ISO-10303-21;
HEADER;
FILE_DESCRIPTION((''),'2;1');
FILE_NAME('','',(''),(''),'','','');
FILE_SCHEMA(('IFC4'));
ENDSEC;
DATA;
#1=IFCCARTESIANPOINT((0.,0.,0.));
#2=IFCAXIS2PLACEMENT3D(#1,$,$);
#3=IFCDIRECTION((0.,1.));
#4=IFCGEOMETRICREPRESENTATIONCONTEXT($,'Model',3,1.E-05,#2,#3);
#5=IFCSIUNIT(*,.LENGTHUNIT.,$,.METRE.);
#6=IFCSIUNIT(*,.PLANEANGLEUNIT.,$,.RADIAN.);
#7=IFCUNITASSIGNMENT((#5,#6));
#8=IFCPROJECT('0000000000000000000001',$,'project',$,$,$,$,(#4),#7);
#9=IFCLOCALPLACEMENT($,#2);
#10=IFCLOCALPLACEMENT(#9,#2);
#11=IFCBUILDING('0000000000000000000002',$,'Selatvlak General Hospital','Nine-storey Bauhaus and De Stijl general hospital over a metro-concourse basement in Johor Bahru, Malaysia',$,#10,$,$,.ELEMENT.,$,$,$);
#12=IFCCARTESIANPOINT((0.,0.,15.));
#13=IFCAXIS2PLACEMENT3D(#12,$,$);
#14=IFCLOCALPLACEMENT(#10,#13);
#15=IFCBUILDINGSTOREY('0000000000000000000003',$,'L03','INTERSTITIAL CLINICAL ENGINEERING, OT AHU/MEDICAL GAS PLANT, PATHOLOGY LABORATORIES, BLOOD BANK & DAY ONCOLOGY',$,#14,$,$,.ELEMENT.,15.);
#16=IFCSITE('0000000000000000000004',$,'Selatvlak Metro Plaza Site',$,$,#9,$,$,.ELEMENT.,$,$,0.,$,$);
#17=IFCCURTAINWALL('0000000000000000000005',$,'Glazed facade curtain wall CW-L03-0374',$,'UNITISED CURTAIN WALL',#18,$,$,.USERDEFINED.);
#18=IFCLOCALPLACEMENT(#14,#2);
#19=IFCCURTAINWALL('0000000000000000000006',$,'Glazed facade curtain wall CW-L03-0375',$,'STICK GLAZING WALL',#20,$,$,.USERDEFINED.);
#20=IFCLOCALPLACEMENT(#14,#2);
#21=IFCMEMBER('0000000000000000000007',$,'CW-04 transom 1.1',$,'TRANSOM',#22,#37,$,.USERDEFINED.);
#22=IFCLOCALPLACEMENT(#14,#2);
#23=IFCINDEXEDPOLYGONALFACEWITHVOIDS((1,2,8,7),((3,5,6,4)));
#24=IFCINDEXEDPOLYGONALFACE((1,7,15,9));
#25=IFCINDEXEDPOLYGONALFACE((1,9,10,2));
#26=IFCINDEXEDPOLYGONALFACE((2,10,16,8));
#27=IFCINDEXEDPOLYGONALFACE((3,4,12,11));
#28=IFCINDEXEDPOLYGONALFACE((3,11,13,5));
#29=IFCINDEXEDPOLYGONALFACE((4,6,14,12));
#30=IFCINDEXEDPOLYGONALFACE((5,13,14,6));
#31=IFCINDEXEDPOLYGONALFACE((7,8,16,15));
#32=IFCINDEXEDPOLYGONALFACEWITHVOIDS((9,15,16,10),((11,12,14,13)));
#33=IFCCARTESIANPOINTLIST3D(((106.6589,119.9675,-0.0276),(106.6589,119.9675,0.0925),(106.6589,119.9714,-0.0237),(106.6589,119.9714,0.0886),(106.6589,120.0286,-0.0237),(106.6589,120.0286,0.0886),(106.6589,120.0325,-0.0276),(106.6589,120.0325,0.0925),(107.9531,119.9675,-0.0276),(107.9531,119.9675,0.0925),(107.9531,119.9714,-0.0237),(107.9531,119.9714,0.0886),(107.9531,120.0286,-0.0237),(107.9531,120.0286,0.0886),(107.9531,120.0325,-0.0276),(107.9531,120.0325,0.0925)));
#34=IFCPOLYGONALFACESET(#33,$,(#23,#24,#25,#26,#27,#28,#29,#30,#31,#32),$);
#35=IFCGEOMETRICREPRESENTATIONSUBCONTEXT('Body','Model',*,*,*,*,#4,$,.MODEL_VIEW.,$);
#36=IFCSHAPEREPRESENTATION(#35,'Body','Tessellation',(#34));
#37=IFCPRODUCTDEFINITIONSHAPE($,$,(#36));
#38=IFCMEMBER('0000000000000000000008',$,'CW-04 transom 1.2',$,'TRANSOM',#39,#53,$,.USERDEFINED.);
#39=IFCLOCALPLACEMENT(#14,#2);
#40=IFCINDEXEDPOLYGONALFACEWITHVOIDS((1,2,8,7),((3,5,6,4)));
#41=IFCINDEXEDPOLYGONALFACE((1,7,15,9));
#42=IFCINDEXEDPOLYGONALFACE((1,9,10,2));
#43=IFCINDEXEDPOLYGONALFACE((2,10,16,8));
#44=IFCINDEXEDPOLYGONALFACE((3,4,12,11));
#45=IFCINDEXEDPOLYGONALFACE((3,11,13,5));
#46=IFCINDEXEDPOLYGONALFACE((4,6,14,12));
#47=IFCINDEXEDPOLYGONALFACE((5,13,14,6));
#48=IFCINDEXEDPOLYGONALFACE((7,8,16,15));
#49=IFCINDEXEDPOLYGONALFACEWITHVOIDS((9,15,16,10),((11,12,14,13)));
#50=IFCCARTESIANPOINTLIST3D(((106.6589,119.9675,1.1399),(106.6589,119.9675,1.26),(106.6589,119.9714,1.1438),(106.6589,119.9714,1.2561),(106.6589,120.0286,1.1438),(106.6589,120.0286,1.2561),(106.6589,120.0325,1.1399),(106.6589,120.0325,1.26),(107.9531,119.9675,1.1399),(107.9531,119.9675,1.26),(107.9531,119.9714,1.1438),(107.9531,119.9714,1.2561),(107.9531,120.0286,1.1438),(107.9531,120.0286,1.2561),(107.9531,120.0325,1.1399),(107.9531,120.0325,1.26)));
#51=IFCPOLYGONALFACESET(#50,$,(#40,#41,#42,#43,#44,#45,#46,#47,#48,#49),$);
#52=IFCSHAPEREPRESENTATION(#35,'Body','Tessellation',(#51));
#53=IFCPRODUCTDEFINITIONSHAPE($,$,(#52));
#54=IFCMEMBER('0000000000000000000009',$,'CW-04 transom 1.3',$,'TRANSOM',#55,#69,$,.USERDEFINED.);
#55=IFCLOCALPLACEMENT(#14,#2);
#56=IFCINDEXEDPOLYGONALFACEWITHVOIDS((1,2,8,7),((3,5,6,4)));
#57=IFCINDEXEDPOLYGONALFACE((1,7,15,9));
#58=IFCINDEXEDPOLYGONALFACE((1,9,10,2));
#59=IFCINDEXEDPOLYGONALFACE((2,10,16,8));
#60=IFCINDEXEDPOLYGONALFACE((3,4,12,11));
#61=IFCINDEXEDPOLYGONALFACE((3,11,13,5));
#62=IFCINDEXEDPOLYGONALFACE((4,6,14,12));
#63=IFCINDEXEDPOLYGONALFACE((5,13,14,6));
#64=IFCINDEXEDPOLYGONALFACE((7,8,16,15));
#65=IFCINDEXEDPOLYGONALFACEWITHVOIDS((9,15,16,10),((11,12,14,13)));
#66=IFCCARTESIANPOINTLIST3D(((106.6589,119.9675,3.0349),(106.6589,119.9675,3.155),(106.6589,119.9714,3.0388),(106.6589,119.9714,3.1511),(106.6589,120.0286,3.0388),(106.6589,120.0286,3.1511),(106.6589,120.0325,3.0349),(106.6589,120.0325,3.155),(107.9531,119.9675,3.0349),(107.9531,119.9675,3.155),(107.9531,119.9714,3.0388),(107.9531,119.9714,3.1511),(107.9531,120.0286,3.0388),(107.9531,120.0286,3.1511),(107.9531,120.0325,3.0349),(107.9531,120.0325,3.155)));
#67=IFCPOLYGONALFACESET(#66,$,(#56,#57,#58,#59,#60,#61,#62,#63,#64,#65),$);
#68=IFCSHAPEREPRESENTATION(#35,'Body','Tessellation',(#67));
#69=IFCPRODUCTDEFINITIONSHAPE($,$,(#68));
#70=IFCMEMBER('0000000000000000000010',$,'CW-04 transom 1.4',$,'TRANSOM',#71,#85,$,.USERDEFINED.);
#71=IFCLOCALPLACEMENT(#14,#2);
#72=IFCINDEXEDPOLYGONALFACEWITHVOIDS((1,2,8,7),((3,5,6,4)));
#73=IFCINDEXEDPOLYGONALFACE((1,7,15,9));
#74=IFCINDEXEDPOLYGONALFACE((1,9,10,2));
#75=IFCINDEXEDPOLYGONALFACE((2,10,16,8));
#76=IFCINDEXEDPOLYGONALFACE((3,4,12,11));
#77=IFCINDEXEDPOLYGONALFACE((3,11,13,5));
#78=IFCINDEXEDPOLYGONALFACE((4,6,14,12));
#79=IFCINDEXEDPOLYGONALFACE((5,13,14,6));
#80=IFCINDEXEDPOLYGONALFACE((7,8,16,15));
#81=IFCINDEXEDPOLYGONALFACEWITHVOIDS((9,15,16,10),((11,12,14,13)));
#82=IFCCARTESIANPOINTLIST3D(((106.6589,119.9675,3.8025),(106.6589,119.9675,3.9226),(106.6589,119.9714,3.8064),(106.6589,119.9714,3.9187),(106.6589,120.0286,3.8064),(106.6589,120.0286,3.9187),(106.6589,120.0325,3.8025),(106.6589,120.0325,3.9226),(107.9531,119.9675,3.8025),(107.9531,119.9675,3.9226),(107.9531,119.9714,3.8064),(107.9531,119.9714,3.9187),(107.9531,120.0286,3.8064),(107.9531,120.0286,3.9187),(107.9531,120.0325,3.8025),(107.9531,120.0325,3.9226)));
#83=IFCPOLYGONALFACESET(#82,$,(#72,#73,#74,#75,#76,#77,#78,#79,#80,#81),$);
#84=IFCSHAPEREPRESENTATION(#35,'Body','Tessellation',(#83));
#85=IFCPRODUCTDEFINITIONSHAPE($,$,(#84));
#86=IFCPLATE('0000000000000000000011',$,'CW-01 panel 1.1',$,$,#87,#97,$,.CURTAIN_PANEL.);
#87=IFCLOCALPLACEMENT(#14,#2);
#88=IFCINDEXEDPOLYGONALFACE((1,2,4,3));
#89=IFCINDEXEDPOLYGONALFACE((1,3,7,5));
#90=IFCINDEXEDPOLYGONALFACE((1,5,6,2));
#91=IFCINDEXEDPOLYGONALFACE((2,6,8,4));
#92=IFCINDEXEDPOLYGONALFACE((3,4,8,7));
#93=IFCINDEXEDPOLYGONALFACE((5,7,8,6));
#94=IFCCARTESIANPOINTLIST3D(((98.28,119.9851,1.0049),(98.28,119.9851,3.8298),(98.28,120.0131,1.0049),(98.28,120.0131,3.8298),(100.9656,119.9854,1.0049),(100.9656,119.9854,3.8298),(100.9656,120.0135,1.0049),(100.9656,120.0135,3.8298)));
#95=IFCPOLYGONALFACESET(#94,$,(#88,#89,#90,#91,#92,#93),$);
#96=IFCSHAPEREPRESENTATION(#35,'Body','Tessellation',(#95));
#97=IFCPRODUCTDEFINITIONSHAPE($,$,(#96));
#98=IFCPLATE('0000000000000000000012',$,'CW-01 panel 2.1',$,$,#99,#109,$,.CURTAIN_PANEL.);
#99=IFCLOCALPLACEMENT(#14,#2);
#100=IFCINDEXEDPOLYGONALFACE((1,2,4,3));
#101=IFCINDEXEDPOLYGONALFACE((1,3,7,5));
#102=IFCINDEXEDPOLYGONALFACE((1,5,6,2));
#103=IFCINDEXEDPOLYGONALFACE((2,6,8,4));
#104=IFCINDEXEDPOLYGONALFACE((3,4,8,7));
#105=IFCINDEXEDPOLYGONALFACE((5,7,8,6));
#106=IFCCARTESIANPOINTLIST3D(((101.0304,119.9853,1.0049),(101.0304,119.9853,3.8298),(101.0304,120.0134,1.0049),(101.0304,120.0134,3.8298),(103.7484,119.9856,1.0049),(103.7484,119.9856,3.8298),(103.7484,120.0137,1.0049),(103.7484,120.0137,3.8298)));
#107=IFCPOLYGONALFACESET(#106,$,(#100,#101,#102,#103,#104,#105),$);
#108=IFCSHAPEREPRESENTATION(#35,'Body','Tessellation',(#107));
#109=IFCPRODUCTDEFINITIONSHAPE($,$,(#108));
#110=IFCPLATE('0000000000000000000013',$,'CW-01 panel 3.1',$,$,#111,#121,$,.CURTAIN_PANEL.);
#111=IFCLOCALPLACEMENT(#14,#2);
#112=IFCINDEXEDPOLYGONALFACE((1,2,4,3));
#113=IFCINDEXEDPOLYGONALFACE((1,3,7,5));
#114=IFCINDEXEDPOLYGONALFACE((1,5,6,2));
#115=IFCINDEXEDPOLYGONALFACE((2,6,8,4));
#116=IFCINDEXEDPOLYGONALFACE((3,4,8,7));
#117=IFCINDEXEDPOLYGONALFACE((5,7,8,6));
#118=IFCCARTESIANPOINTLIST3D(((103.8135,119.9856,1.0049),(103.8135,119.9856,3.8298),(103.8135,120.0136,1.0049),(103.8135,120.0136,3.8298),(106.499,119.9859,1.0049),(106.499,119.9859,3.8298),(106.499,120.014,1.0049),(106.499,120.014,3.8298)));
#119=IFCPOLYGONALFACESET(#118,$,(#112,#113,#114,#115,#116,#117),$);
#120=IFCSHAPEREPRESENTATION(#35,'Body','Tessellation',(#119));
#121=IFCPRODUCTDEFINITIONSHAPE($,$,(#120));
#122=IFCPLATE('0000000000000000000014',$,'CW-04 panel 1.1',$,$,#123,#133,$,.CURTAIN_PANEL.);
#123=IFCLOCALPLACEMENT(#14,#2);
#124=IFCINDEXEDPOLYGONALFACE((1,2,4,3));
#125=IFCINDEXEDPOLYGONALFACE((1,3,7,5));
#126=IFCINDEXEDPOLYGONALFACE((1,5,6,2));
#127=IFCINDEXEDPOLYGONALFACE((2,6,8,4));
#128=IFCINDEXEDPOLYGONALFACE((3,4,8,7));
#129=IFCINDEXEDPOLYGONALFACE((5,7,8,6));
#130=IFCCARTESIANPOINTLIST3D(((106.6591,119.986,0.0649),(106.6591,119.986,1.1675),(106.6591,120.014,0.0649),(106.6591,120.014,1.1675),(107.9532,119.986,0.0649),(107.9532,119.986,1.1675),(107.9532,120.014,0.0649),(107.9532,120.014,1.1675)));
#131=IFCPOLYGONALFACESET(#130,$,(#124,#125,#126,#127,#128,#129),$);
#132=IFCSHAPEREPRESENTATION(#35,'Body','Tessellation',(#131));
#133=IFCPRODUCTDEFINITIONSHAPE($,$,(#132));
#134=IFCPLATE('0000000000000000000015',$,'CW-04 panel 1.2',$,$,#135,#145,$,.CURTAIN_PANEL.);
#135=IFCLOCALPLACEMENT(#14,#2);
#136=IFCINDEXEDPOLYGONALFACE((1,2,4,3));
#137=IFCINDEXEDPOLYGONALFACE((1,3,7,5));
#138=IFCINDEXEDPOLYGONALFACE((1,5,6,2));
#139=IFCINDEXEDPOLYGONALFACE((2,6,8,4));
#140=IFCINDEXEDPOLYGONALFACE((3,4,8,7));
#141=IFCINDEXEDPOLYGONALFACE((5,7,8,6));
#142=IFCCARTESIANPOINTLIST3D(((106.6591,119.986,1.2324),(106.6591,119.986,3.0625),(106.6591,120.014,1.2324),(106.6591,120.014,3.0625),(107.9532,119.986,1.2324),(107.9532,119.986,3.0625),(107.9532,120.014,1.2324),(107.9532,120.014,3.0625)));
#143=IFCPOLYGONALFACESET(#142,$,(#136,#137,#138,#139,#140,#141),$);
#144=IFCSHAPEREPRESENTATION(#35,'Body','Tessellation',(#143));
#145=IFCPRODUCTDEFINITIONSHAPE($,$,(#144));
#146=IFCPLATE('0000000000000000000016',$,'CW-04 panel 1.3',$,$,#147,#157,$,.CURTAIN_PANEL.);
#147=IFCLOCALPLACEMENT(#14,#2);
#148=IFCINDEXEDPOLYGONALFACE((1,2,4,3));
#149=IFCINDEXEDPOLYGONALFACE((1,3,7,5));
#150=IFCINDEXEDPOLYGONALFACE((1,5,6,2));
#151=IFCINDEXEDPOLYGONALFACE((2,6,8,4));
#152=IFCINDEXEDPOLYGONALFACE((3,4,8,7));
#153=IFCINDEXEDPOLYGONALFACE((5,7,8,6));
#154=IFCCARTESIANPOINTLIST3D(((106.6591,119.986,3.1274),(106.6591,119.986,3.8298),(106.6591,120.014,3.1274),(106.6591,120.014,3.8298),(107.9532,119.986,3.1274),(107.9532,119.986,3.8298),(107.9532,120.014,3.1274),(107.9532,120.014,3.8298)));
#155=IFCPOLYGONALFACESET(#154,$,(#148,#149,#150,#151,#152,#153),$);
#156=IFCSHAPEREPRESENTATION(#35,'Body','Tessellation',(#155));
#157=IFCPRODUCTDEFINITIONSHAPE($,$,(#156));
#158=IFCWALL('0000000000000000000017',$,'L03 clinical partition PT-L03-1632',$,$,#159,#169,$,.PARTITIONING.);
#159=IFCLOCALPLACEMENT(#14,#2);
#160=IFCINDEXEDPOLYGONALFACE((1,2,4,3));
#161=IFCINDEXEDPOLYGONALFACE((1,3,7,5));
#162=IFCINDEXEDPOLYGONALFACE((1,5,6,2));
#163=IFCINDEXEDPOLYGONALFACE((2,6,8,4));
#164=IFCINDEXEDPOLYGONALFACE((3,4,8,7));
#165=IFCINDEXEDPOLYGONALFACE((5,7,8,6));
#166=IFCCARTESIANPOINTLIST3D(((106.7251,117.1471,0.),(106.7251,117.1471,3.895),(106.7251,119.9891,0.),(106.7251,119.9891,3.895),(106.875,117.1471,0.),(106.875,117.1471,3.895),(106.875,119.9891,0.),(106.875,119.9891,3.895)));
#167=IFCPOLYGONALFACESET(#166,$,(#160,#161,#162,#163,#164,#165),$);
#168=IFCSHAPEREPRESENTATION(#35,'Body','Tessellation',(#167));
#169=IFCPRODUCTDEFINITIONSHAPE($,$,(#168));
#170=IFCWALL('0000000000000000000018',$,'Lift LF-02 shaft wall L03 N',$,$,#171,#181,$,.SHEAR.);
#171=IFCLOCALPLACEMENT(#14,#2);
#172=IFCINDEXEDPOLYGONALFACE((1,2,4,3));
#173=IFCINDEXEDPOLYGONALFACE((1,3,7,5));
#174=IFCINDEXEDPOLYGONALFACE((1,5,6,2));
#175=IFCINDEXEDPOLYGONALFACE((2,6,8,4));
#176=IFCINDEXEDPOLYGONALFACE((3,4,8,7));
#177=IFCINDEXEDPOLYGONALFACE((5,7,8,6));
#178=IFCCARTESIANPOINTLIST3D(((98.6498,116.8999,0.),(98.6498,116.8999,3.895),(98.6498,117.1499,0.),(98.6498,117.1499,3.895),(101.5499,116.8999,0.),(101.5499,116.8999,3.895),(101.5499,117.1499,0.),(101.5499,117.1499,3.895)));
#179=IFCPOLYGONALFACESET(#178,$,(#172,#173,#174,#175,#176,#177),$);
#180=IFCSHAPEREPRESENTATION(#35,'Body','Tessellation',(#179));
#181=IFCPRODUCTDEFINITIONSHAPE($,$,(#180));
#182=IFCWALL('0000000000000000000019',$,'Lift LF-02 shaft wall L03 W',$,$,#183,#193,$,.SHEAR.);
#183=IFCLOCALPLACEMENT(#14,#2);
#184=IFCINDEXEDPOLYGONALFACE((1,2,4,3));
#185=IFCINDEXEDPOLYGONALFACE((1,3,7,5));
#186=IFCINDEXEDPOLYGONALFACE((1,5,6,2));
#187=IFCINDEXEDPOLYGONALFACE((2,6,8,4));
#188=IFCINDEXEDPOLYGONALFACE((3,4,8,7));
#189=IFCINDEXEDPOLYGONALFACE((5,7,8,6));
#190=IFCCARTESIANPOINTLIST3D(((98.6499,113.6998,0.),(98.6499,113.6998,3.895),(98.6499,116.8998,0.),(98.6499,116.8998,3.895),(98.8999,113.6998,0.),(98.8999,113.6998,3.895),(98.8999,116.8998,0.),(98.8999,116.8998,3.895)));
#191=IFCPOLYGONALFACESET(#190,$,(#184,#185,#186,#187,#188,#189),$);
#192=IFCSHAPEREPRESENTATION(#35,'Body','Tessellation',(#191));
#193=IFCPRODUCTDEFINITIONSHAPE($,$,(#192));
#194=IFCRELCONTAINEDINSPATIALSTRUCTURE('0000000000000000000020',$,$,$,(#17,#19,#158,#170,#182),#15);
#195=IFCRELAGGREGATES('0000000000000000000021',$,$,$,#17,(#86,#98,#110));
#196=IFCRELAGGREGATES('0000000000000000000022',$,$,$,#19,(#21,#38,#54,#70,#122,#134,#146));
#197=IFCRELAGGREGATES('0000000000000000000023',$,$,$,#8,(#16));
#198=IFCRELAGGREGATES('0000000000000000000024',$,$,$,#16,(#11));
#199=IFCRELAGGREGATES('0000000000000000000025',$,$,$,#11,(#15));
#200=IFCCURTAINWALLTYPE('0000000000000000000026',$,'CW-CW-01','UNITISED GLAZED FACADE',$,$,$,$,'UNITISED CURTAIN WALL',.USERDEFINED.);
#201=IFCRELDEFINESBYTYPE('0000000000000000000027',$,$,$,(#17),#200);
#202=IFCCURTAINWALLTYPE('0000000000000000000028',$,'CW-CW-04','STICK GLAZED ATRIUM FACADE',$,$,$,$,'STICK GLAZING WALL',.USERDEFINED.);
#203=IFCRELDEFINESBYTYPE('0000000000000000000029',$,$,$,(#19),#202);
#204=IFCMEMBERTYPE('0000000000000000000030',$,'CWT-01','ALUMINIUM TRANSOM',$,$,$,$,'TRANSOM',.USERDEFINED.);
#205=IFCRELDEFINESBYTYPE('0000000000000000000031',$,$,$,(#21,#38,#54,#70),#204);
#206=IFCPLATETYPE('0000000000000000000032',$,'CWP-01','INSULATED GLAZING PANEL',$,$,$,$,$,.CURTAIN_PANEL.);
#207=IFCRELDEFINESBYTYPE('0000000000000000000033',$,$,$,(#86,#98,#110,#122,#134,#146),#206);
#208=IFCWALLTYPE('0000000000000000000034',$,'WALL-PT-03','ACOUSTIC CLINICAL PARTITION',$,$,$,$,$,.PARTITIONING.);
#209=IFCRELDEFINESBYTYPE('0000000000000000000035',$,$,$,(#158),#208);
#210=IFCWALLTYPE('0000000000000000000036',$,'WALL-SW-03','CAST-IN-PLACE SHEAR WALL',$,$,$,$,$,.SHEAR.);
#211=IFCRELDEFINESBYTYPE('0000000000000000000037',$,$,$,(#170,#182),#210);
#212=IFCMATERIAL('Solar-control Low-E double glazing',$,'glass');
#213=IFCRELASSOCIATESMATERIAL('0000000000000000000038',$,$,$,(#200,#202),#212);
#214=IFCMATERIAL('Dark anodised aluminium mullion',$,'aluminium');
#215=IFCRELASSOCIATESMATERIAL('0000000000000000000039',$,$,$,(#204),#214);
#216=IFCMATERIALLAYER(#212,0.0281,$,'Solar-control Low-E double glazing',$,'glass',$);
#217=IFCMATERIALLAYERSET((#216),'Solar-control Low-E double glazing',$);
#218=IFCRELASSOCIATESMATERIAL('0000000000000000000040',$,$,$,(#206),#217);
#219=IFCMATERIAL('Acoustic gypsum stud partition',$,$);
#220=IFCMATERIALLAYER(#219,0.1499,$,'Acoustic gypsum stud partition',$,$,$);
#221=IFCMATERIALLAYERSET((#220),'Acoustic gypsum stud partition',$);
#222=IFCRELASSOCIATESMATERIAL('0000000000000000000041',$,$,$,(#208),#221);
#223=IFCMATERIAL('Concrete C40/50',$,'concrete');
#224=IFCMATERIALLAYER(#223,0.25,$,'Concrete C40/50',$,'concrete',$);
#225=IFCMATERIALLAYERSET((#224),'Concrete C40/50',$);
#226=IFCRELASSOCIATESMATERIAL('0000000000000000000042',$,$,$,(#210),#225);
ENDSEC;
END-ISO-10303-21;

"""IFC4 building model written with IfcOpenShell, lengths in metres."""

from ifc_helpers import new_model, si_unit, direction, frame, frame_2d, origin, origin_2d, place, context, subcontext, project, spatial, rectangle, hollow_rectangle, extrude, material, layer, layer_set, material_profile, profile_set, type_object, element, aggregate, save


model = new_model("IFC4")

# Units and contexts
model_context = context("Model", 3, precision=1e-05, world=origin(), true_north=direction((0.0, 1.0)))
body_context = subcontext(model_context, "Body", "Model", "MODEL_VIEW")
ifc_project = project(units=[si_unit("LENGTHUNIT", "METRE"), si_unit("PLANEANGLEUNIT", "RADIAN")], contexts=[model_context])

# Site, building, storey
site_placement = place(None, origin())
site = spatial("IfcSite", under=ifc_project, at=site_placement, Name="Selatvlak Metro Plaza Site", CompositionType="ELEMENT", RefElevation=0.0)
building_placement = place(site_placement, origin())
building = spatial("IfcBuilding", under=site, at=building_placement, Name="Selatvlak General Hospital", Description="Nine-storey Bauhaus and De Stijl general hospital over a metro-concourse basement in Johor Bahru, Malaysia", CompositionType="ELEMENT")
storey_placement = place(building_placement, frame((0.0, 0.0, 15.0)))
storey = spatial("IfcBuildingStorey", under=building, at=storey_placement, Name="L03", Description="INTERSTITIAL CLINICAL ENGINEERING, OT AHU/MEDICAL GAS PLANT, PATHOLOGY LABORATORIES, BLOOD BANK & DAY ONCOLOGY", CompositionType="ELEMENT", Elevation=15.0)

# Shared definitions
ifc_material_1 = material(Name="Concrete C40/50", Category="concrete")

# Curtain walls
ifc_material_2 = material(Name="Solar-control Low-E double glazing", Category="glass")
curtain_wall_type_1 = type_object("IfcCurtainWallType", Name="CW-CW-01", Description="UNITISED GLAZED FACADE", ElementType="UNITISED CURTAIN WALL", PredefinedType="USERDEFINED", material=ifc_material_2)
curtain_wall_1_placement = place(storey_placement, origin())
curtain_wall_1 = element("IfcCurtainWall", 1, at=curtain_wall_1_placement, inside=storey, type_object=curtain_wall_type_1, Name="Glazed facade curtain wall CW-L03-0374", ObjectType="UNITISED CURTAIN WALL", PredefinedType="USERDEFINED")
ifc_material_3 = material(Name="Dark anodised aluminium mullion", Category="aluminium")
curtain_wall_type_2 = type_object("IfcCurtainWallType", Name="CW-CW-04", Description="STICK GLAZED ATRIUM FACADE", ElementType="STICK GLAZING WALL", PredefinedType="USERDEFINED", material=ifc_material_2)
curtain_wall_2_placement = place(storey_placement, origin())
curtain_wall_2 = element("IfcCurtainWall", 2, at=curtain_wall_2_placement, inside=storey, type_object=curtain_wall_type_2, Name="Glazed facade curtain wall CW-L03-0375", ObjectType="STICK GLAZING WALL", PredefinedType="USERDEFINED")

# Members
ifc_material_profile_1 = material_profile(ifc_material_3, hollow_rectangle(XDim=0.0649, YDim=0.1201, WallThickness=0.0039, at=origin_2d()), Name="AL-TRN 65x120x4")
ifc_profile_set_1 = profile_set([ifc_material_profile_1], Name="Dark anodised aluminium mullion")
member_type_1 = type_object("IfcMemberType", Name="CWT-01", Description="ALUMINIUM TRANSOM", ElementType="TRANSOM", PredefinedType="USERDEFINED", material=ifc_profile_set_1)
member_1_placement = place(storey_placement, frame((106.6589, 120.0, 0.0325), z_axis=(1.0, 0.0, 0.0), x_axis=(0.0, 1.0, 0.0)))
member_1 = element("IfcMember", 3, at=member_1_placement, type_object=member_type_1, Name="CW-04 transom 1.1", ObjectType="TRANSOM", PredefinedType="USERDEFINED", context=body_context, shape_type="SweptSolid", body=[
    extrude(hollow_rectangle(XDim=0.0649, YDim=0.1201, WallThickness=0.0039, at=origin_2d()), origin(), (0.0, 0.0, 1.0), 1.2942),
])
member_2_placement = place(storey_placement, frame((106.6589, 120.0, 1.2), z_axis=(1.0, 0.0, 0.0), x_axis=(0.0, 1.0, 0.0)))
member_2 = element("IfcMember", 4, at=member_2_placement, type_object=member_type_1, Name="CW-04 transom 1.2", ObjectType="TRANSOM", PredefinedType="USERDEFINED", context=body_context, shape_type="SweptSolid", body=[
    extrude(hollow_rectangle(XDim=0.0649, YDim=0.1201, WallThickness=0.0039, at=origin_2d()), origin(), (0.0, 0.0, 1.0), 1.2942),
])
member_3_placement = place(storey_placement, frame((106.6589, 120.0, 3.095), z_axis=(1.0, 0.0, 0.0), x_axis=(0.0, 1.0, 0.0)))
member_3 = element("IfcMember", 5, at=member_3_placement, type_object=member_type_1, Name="CW-04 transom 1.3", ObjectType="TRANSOM", PredefinedType="USERDEFINED", context=body_context, shape_type="SweptSolid", body=[
    extrude(hollow_rectangle(XDim=0.0649, YDim=0.1201, WallThickness=0.0039, at=origin_2d()), origin(), (0.0, 0.0, 1.0), 1.2942),
])
member_4_placement = place(storey_placement, frame((106.6589, 120.0, 3.8625), z_axis=(1.0, 0.0, 0.0), x_axis=(0.0, 1.0, 0.0)))
member_4 = element("IfcMember", 6, at=member_4_placement, type_object=member_type_1, Name="CW-04 transom 1.4", ObjectType="TRANSOM", PredefinedType="USERDEFINED", context=body_context, shape_type="SweptSolid", body=[
    extrude(hollow_rectangle(XDim=0.0649, YDim=0.1201, WallThickness=0.0039, at=origin_2d()), origin(), (0.0, 0.0, 1.0), 1.2942),
])

# Plates
ifc_layer_1 = layer(ifc_material_2, 0.0281, Name="Solar-control Low-E double glazing", Category="glass")
ifc_layer_set_1 = layer_set([ifc_layer_1], Name="Solar-control Low-E double glazing")
plate_type = type_object("IfcPlateType", Name="CWP-01", Description="INSULATED GLAZING PANEL", PredefinedType="CURTAIN_PANEL", material=ifc_layer_set_1)
plate_1_placement = place(storey_placement, frame((99.6228, 119.9993, 1.0049), z_axis=(0.0, 0.0, 1.0), x_axis=(1.0, 0.00012, 0.0)))
plate_1 = element("IfcPlate", 7, at=plate_1_placement, type_object=plate_type, Name="CW-01 panel 1.1", PredefinedType="CURTAIN_PANEL", context=body_context, shape_type="SweptSolid", body=[
    extrude(rectangle(XDim=2.6855, YDim=0.0281, at=origin_2d()), origin(), (0.0, 0.0, 1.0), 2.825),
])
plate_2_placement = place(storey_placement, frame((102.3894, 119.9995, 1.0049), z_axis=(0.0, 0.0, 1.0), x_axis=(1.0, 0.00012, 0.0)))
plate_2 = element("IfcPlate", 8, at=plate_2_placement, type_object=plate_type, Name="CW-01 panel 2.1", PredefinedType="CURTAIN_PANEL", context=body_context, shape_type="SweptSolid", body=[
    extrude(rectangle(XDim=2.718, YDim=0.0281, at=origin_2d()), origin(), (0.0, 0.0, 1.0), 2.825),
])
plate_3_placement = place(storey_placement, frame((105.1562, 119.9998, 1.0049), z_axis=(0.0, 0.0, 1.0), x_axis=(1.0, 0.00012, 0.0)))
plate_3 = element("IfcPlate", 9, at=plate_3_placement, type_object=plate_type, Name="CW-01 panel 3.1", PredefinedType="CURTAIN_PANEL", context=body_context, shape_type="SweptSolid", body=[
    extrude(rectangle(XDim=2.6855, YDim=0.0281, at=origin_2d()), origin(), (0.0, 0.0, 1.0), 2.825),
])
aggregate(curtain_wall_1, [plate_1, plate_2, plate_3])
plate_4_placement = place(storey_placement, frame((107.3062, 120.0, 0.0649), z_axis=(0.0, 0.0, 1.0), x_axis=(1.0, 0.0, 0.0)))
plate_4 = element("IfcPlate", 10, at=plate_4_placement, type_object=plate_type, Name="CW-04 panel 1.1", PredefinedType="CURTAIN_PANEL", context=body_context, shape_type="SweptSolid", body=[
    extrude(rectangle(XDim=1.2942, YDim=0.0281, at=origin_2d()), origin(), (0.0, 0.0, 1.0), 1.1025),
])
plate_5_placement = place(storey_placement, frame((107.3062, 120.0, 1.2324), z_axis=(0.0, 0.0, 1.0), x_axis=(1.0, 0.0, 0.0)))
plate_5 = element("IfcPlate", 11, at=plate_5_placement, type_object=plate_type, Name="CW-04 panel 1.2", PredefinedType="CURTAIN_PANEL", context=body_context, shape_type="SweptSolid", body=[
    extrude(rectangle(XDim=1.2942, YDim=0.0281, at=origin_2d()), origin(), (0.0, 0.0, 1.0), 1.8301),
])
plate_6_placement = place(storey_placement, frame((107.3062, 120.0, 3.1274), z_axis=(0.0, 0.0, 1.0), x_axis=(1.0, 0.0, 0.0)))
plate_6 = element("IfcPlate", 12, at=plate_6_placement, type_object=plate_type, Name="CW-04 panel 1.3", PredefinedType="CURTAIN_PANEL", context=body_context, shape_type="SweptSolid", body=[
    extrude(rectangle(XDim=1.2942, YDim=0.0281, at=origin_2d()), origin(), (0.0, 0.0, 1.0), 0.7024),
])
aggregate(curtain_wall_2, [member_1, member_2, member_3, member_4, plate_4, plate_5, plate_6])

# Walls
ifc_material_4 = material(Name="Acoustic gypsum stud partition")
ifc_layer_2 = layer(ifc_material_4, 0.1499, Name="Acoustic gypsum stud partition")
ifc_layer_set_2 = layer_set([ifc_layer_2], Name="Acoustic gypsum stud partition")
wall_type_1 = type_object("IfcWallType", Name="WALL-PT-03", Description="ACOUSTIC CLINICAL PARTITION", PredefinedType="PARTITIONING", material=ifc_layer_set_2)
wall_1_placement = place(storey_placement, frame((106.8, 119.989, 0.0), z_axis=(0.0, 0.0, 1.0), x_axis=(0.0, -1.0, 0.0)))
element("IfcWall", 13, at=wall_1_placement, inside=storey, type_object=wall_type_1, Name="L03 clinical partition PT-L03-1632", PredefinedType="PARTITIONING", context=body_context, shape_type="SweptSolid", body=[
    extrude(rectangle(XDim=2.842, YDim=0.1499, at=frame_2d((1.4209, 0.0))), origin(), (0.0, 0.0, 1.0), 3.895),
])
ifc_layer_3 = layer(ifc_material_1, 0.25, Name="Concrete C40/50", Category="concrete")
ifc_layer_set_3 = layer_set([ifc_layer_3], Name="Concrete C40/50")
wall_type_2 = type_object("IfcWallType", Name="WALL-SW-03", Description="CAST-IN-PLACE SHEAR WALL", PredefinedType="SHEAR", material=ifc_layer_set_3)
wall_2_placement = place(storey_placement, frame((101.55, 117.0249, 0.0), z_axis=(0.0, 0.0, 1.0), x_axis=(-1.0, 0.0, 0.0)))
element("IfcWall", 14, at=wall_2_placement, inside=storey, type_object=wall_type_2, Name="Lift LF-02 shaft wall L03 N", PredefinedType="SHEAR", context=body_context, shape_type="SweptSolid", body=[
    extrude(rectangle(XDim=2.9001, YDim=0.25, at=frame_2d((1.4502, 0.0))), origin(), (0.0, 0.0, 1.0), 3.895),
])
wall_3_placement = place(storey_placement, frame((98.7749, 116.8999, 0.0), z_axis=(0.0, 0.0, 1.0), x_axis=(0.0, -1.0, 0.0)))
element("IfcWall", 15, at=wall_3_placement, inside=storey, type_object=wall_type_2, Name="Lift LF-02 shaft wall L03 W", PredefinedType="SHEAR", context=body_context, shape_type="SweptSolid", body=[
    extrude(rectangle(XDim=3.2, YDim=0.25, at=frame_2d((1.6001, 0.0))), origin(), (0.0, 0.0, 1.0), 3.895),
])

save(model, "model.ifc")
